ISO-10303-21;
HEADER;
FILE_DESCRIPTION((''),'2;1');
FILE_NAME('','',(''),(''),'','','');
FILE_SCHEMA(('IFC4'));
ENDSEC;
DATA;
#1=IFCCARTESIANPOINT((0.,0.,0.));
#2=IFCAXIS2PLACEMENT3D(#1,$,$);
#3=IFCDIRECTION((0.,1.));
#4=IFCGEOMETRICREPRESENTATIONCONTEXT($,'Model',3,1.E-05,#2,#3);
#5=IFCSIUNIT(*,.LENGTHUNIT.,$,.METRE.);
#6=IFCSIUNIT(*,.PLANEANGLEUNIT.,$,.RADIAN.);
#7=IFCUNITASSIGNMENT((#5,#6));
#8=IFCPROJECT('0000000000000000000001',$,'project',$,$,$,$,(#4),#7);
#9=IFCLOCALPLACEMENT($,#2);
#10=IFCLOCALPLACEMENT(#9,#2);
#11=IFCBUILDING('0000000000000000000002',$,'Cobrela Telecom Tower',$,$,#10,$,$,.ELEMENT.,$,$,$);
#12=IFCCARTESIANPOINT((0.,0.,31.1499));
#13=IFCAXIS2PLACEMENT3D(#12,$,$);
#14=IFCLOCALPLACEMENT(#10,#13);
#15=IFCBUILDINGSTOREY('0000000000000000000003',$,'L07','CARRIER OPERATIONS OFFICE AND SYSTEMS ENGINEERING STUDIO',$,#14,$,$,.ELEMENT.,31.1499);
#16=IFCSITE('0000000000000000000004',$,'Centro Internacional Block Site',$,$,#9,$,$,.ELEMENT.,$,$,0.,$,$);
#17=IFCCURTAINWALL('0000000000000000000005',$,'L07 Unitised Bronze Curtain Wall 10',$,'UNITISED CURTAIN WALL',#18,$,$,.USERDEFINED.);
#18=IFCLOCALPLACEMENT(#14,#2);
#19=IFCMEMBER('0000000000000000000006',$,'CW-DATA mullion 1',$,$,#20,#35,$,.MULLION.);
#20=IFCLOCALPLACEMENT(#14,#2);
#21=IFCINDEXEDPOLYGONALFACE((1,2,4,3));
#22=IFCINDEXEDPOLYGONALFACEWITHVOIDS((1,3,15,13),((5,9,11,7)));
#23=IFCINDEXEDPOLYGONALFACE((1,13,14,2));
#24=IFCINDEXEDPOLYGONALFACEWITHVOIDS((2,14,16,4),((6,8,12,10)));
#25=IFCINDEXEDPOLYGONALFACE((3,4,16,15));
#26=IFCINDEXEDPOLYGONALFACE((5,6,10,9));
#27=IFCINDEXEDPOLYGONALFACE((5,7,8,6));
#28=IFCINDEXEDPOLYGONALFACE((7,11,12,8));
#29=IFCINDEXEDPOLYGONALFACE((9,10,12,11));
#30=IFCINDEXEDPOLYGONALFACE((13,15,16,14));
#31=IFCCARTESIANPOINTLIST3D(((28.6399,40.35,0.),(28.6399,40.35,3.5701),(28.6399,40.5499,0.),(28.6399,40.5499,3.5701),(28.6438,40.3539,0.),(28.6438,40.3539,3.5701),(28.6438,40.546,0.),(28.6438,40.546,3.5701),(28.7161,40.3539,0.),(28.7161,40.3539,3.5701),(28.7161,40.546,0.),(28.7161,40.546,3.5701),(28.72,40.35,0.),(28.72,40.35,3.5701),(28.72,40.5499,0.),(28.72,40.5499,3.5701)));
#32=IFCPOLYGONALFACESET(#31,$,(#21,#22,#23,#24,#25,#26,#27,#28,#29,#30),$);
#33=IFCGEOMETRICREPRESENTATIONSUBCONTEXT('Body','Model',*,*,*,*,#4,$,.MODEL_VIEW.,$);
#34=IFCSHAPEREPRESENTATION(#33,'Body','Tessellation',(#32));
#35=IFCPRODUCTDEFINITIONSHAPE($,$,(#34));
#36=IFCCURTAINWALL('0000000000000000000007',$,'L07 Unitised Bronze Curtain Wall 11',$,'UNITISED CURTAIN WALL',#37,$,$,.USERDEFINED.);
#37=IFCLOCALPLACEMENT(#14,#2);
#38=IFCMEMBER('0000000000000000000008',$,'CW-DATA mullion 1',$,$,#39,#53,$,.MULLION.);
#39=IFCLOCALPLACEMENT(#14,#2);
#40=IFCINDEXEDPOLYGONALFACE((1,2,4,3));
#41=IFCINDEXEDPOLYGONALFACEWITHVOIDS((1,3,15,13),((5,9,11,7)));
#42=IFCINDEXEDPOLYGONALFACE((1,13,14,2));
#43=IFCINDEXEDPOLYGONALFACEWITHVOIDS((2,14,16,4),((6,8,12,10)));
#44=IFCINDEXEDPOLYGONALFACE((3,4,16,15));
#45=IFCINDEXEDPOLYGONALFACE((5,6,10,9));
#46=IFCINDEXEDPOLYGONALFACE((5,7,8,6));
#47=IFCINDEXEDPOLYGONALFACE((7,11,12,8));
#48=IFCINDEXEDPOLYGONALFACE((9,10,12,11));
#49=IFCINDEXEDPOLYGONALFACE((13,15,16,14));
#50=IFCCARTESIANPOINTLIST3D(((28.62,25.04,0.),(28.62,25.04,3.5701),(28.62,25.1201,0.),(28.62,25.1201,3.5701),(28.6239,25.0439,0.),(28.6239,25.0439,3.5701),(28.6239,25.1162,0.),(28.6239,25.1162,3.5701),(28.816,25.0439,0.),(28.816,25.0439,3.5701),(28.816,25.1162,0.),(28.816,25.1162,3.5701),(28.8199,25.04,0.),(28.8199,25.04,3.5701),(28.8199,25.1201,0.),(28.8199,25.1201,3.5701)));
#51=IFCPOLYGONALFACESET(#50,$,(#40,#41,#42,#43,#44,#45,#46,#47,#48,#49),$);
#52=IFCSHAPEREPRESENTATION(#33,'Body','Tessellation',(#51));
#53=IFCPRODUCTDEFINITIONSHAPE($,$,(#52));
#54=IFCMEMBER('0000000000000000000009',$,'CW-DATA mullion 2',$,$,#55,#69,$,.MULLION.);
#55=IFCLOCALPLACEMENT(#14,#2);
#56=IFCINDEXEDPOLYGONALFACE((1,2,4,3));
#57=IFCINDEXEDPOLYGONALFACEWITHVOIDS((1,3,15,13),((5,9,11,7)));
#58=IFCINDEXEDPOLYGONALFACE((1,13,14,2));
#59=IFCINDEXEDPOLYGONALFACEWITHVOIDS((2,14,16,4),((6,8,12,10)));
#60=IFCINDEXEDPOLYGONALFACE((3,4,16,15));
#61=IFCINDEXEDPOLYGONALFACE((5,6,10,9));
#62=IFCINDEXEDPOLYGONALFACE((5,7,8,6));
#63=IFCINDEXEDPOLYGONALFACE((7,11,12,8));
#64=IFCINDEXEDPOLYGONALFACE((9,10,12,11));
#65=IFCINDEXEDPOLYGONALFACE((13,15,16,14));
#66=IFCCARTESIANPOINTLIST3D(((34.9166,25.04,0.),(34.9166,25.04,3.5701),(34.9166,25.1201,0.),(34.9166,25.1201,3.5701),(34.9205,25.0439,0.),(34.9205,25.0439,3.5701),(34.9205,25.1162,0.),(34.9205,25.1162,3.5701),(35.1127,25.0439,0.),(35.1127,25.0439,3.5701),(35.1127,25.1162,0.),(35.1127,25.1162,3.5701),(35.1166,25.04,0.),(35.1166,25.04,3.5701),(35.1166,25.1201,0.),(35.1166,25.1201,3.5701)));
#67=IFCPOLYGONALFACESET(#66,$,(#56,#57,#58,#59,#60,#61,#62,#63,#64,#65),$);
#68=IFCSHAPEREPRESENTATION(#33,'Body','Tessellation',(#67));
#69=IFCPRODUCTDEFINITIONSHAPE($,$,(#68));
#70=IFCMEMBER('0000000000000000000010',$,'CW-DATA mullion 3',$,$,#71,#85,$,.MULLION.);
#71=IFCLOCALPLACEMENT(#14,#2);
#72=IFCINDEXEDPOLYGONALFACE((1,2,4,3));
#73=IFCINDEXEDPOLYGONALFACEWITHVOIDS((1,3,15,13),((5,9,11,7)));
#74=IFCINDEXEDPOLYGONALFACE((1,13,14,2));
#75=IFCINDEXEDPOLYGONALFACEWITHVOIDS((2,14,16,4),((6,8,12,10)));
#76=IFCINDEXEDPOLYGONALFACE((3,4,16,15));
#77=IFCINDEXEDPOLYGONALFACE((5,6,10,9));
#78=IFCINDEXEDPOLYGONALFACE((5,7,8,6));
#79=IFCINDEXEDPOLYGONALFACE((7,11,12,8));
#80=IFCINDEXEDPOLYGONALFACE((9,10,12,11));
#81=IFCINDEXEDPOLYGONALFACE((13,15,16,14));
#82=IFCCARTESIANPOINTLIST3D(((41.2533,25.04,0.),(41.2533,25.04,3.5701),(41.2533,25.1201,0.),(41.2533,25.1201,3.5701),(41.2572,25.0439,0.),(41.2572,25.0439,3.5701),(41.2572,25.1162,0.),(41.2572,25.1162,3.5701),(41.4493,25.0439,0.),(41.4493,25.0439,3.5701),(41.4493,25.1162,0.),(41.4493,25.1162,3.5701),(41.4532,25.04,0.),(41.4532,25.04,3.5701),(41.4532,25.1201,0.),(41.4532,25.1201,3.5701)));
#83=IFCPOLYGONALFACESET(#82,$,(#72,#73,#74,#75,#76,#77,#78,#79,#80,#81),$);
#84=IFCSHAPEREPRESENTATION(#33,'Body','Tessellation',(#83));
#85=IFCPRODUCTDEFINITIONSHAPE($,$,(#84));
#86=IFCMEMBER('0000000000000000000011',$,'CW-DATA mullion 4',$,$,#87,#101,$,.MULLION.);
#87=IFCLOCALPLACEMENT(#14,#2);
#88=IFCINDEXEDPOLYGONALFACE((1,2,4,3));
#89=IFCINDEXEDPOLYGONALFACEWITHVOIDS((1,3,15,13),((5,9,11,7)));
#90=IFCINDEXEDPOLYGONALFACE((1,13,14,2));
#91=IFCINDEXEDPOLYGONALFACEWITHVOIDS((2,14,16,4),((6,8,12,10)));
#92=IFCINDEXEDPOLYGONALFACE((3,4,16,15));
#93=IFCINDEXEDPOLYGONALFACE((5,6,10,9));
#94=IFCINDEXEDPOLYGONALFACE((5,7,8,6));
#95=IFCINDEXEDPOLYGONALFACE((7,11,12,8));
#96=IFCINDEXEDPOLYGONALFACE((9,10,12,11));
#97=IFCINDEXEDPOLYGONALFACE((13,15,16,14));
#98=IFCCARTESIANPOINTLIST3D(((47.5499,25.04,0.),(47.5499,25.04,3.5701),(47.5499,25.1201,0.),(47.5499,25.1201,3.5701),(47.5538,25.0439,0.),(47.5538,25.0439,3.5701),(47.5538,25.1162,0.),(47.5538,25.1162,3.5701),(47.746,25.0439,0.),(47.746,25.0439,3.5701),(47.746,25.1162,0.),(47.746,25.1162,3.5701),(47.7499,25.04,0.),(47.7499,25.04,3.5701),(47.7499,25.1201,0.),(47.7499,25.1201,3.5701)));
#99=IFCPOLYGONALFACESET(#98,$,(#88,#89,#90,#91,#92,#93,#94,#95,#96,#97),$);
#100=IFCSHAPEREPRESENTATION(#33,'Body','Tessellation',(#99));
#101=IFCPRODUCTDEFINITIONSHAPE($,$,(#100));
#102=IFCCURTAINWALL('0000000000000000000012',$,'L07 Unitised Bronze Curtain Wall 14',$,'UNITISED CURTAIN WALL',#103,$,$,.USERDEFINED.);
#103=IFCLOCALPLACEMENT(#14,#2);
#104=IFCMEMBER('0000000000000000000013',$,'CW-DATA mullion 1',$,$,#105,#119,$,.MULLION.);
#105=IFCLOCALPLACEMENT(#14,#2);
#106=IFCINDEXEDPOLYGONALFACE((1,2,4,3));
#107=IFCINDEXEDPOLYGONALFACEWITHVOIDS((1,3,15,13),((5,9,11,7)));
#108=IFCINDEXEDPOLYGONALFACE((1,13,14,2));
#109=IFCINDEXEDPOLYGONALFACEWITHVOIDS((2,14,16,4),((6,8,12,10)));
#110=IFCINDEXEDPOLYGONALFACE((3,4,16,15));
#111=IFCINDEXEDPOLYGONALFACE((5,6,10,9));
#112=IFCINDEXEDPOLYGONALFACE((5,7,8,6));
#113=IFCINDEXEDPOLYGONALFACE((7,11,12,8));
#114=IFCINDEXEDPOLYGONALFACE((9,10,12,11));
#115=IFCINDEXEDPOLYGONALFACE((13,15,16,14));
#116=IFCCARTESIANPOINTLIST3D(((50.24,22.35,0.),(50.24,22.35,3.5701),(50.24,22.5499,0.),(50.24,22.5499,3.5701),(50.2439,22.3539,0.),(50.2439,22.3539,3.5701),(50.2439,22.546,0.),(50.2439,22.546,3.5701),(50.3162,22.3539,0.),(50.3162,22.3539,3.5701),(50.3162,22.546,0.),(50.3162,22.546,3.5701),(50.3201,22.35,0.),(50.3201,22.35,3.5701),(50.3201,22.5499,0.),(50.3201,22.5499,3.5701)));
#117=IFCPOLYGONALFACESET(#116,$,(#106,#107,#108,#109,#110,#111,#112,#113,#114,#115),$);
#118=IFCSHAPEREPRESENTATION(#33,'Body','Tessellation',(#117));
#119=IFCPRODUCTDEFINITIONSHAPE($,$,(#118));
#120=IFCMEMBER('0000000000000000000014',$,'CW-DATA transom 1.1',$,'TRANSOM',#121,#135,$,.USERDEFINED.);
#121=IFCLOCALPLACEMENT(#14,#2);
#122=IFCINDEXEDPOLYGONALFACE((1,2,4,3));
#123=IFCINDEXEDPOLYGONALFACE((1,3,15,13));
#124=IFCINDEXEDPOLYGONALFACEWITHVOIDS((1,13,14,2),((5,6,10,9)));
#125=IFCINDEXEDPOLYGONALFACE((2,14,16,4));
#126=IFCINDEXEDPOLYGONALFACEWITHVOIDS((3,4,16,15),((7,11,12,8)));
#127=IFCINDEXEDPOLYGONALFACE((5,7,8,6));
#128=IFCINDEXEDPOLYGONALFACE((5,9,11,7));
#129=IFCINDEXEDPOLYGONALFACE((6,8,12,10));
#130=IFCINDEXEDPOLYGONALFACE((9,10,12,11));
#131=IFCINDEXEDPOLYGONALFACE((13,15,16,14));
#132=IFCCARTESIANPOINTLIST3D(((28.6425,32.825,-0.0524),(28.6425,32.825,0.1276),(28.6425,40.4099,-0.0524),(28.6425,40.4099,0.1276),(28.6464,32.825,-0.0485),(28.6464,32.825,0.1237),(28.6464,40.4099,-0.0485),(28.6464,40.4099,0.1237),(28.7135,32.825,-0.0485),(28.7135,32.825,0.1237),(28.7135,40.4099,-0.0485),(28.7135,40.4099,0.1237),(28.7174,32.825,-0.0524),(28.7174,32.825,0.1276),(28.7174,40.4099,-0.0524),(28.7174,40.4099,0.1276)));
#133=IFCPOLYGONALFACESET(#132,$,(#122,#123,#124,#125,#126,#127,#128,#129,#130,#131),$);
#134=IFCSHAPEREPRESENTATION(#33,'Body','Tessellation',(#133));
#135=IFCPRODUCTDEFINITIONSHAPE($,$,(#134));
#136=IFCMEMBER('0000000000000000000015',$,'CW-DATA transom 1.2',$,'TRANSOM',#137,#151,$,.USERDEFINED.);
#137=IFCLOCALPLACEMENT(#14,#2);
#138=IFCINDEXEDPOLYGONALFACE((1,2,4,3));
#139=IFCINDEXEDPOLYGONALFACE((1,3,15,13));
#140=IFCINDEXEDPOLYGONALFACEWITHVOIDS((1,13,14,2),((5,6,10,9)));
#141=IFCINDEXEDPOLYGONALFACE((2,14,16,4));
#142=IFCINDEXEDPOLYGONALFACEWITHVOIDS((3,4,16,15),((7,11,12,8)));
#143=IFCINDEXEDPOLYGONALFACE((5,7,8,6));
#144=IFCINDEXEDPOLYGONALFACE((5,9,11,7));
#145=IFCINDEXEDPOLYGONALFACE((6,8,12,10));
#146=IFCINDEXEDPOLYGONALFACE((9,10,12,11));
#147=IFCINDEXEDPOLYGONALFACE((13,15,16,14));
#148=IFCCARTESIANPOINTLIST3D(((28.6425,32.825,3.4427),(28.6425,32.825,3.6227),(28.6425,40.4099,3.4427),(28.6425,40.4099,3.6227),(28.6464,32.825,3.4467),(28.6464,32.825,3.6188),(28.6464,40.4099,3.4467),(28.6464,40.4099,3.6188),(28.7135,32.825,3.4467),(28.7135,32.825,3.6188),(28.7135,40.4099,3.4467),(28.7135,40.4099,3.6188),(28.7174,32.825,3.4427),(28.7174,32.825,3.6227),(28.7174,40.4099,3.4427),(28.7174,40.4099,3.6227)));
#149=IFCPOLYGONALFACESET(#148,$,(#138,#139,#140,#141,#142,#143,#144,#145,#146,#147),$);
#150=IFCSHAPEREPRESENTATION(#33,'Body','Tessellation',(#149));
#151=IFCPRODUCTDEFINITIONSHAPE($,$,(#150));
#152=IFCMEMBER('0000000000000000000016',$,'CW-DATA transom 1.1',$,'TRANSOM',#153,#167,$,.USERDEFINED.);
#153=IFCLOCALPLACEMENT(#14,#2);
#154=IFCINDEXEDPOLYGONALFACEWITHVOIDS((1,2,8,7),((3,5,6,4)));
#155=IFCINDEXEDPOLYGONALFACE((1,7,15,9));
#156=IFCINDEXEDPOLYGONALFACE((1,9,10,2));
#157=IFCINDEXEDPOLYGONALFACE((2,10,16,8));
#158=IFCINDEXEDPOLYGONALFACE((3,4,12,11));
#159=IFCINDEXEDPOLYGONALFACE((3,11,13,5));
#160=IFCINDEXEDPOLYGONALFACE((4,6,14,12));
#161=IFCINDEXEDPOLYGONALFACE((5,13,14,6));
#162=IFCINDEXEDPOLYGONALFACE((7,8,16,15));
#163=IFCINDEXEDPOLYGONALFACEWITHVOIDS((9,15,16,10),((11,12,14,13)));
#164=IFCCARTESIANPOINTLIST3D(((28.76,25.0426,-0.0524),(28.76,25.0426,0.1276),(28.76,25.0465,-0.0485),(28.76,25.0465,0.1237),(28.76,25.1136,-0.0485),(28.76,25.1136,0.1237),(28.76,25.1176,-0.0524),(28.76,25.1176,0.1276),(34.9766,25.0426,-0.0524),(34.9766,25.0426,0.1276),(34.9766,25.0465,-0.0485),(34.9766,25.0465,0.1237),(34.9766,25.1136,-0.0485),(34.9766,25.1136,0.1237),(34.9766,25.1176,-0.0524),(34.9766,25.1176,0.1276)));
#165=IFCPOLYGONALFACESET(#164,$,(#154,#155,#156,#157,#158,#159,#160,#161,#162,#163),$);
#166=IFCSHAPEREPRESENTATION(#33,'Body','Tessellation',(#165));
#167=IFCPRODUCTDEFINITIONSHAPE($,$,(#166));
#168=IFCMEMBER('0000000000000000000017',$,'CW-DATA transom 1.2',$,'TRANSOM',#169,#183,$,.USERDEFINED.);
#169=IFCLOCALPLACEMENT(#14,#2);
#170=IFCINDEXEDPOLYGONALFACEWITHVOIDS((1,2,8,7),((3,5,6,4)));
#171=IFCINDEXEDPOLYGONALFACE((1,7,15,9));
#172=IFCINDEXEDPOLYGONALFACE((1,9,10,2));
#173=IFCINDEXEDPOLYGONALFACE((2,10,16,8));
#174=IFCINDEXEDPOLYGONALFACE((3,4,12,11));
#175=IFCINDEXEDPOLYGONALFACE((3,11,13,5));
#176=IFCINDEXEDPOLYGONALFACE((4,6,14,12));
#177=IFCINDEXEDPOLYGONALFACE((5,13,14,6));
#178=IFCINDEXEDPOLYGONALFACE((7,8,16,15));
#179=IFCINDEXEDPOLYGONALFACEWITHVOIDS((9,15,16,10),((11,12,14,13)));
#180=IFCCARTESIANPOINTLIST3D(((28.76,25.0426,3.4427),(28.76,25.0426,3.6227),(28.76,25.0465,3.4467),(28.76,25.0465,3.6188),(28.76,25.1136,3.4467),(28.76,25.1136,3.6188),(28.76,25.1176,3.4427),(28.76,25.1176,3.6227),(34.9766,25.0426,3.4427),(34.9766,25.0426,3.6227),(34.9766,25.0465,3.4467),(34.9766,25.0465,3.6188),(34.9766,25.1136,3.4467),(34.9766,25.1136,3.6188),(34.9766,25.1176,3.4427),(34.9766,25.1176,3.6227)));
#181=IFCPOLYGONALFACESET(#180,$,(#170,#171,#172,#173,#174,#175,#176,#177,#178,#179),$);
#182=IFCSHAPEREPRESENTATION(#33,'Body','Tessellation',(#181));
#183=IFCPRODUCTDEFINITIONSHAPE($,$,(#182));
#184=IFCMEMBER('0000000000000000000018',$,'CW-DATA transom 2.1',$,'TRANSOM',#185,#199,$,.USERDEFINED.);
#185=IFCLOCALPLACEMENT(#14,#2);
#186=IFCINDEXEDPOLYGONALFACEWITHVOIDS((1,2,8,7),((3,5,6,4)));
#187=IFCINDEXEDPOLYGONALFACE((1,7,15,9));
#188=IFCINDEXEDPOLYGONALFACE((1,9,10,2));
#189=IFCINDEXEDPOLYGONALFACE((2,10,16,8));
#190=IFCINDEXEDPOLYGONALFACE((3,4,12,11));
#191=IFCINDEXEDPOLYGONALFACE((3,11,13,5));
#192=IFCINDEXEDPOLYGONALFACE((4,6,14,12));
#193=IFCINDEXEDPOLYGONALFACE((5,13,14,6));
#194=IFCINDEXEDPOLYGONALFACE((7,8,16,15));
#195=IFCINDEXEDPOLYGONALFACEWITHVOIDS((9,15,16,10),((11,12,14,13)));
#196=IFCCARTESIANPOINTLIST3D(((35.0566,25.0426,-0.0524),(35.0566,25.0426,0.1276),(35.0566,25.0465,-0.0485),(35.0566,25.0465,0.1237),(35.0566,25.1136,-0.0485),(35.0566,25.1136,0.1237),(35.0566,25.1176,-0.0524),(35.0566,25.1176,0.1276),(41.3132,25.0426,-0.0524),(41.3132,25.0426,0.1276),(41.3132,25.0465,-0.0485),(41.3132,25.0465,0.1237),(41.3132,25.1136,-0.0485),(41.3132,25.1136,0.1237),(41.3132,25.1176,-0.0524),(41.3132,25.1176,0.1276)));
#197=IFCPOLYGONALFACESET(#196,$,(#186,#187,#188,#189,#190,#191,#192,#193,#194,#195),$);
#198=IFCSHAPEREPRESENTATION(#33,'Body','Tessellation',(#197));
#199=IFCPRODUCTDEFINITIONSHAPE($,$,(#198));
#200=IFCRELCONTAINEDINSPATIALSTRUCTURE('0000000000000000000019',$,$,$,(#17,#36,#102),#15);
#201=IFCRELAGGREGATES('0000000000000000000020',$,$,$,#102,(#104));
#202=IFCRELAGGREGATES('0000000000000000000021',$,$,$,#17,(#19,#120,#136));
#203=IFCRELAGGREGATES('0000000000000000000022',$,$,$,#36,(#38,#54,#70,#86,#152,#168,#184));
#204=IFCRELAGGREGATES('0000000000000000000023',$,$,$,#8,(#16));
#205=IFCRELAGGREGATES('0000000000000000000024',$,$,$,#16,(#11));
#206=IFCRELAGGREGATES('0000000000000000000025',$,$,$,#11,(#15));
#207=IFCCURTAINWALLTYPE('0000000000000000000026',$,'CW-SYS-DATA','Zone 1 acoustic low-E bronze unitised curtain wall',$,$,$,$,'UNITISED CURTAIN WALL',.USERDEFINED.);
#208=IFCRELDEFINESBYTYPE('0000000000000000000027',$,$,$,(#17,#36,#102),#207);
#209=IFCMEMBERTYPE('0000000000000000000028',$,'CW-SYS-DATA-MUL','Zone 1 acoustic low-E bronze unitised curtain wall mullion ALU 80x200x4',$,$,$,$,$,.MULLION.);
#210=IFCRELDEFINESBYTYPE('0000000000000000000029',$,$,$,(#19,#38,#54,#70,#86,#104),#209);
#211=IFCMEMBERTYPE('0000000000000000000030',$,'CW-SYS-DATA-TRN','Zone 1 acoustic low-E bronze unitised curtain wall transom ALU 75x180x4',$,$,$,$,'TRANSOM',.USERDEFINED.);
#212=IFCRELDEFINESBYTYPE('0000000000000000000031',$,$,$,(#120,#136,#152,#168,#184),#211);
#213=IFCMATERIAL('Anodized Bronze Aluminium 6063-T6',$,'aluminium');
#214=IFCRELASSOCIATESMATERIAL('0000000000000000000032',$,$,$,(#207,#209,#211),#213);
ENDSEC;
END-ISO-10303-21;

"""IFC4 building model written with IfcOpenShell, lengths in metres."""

from ifc_helpers import new_model, si_unit, direction, frame, origin, origin_2d, place, context, subcontext, project, spatial, hollow_rectangle, extrude, material, material_profile, profile_set, type_object, element, aggregate, save


model = new_model("IFC4")

# Units and contexts
model_context = context("Model", 3, precision=1e-05, world=origin(), true_north=direction((0.0, 1.0)))
body_context = subcontext(model_context, "Body", "Model", "MODEL_VIEW")
ifc_project = project(units=[si_unit("LENGTHUNIT", "METRE"), si_unit("PLANEANGLEUNIT", "RADIAN")], contexts=[model_context])

# Site, building, storey
site_placement = place(None, origin())
site = spatial("IfcSite", under=ifc_project, at=site_placement, Name="Centro Internacional Block Site", CompositionType="ELEMENT", RefElevation=0.0)
building_placement = place(site_placement, origin())
building = spatial("IfcBuilding", under=site, at=building_placement, Name="Cobrela Telecom Tower", CompositionType="ELEMENT")
storey_placement = place(building_placement, frame((0.0, 0.0, 31.1499)))
storey = spatial("IfcBuildingStorey", under=building, at=storey_placement, Name="L07", Description="CARRIER OPERATIONS OFFICE AND SYSTEMS ENGINEERING STUDIO", CompositionType="ELEMENT", Elevation=31.1499)

# Curtain wall, member
ifc_material_1 = material(Name="Anodized Bronze Aluminium 6063-T6", Category="aluminium")
curtain_wall_type = type_object("IfcCurtainWallType", Name="CW-SYS-DATA", Description="Zone 1 acoustic low-E bronze unitised curtain wall", ElementType="UNITISED CURTAIN WALL", PredefinedType="USERDEFINED", material=ifc_material_1)
curtain_wall_1_placement = place(storey_placement, origin())
curtain_wall_1 = element("IfcCurtainWall", 1, at=curtain_wall_1_placement, inside=storey, type_object=curtain_wall_type, Name="L07 Unitised Bronze Curtain Wall 10", ObjectType="UNITISED CURTAIN WALL", PredefinedType="USERDEFINED")
ifc_material_profile_1 = material_profile(ifc_material_1, hollow_rectangle(XDim=0.0801, YDim=0.2, WallThickness=0.0039, at=origin_2d()), Name="ALU 80x200x4")
ifc_profile_set_1 = profile_set([ifc_material_profile_1], Name="Anodized Bronze Aluminium 6063-T6")
member_type_1 = type_object("IfcMemberType", Name="CW-SYS-DATA-MUL", Description="Zone 1 acoustic low-E bronze unitised curtain wall mullion ALU 80x200x4", PredefinedType="MULLION", material=ifc_profile_set_1)
member_1_placement = place(storey_placement, frame((28.6799, 40.45, 0.0), z_axis=(0.0, 0.0, 1.0), x_axis=(1.0, 0.0, 0.0)))
member_1 = element("IfcMember", 2, at=member_1_placement, type_object=member_type_1, Name="CW-DATA mullion 1", PredefinedType="MULLION", context=body_context, shape_type="SweptSolid", body=[
    extrude(hollow_rectangle(XDim=0.0801, YDim=0.2, WallThickness=0.0039, at=origin_2d()), origin(), (0.0, 0.0, 1.0), 3.5701),
])

# Curtain wall, members
curtain_wall_2_placement = place(storey_placement, origin())
curtain_wall_2 = element("IfcCurtainWall", 3, at=curtain_wall_2_placement, inside=storey, type_object=curtain_wall_type, Name="L07 Unitised Bronze Curtain Wall 11", ObjectType="UNITISED CURTAIN WALL", PredefinedType="USERDEFINED")
member_2_placement = place(storey_placement, frame((28.72, 25.0801, 0.0), z_axis=(0.0, 0.0, 1.0), x_axis=(0.0, 1.0, 0.0)))
member_2 = element("IfcMember", 4, at=member_2_placement, type_object=member_type_1, Name="CW-DATA mullion 1", PredefinedType="MULLION", context=body_context, shape_type="SweptSolid", body=[
    extrude(hollow_rectangle(XDim=0.0801, YDim=0.2, WallThickness=0.0039, at=origin_2d()), origin(), (0.0, 0.0, 1.0), 3.5701),
])
member_3_placement = place(storey_placement, frame((35.0166, 25.0801, 0.0), z_axis=(0.0, 0.0, 1.0), x_axis=(0.0, 1.0, 0.0)))
member_3 = element("IfcMember", 5, at=member_3_placement, type_object=member_type_1, Name="CW-DATA mullion 2", PredefinedType="MULLION", context=body_context, shape_type="SweptSolid", body=[
    extrude(hollow_rectangle(XDim=0.0801, YDim=0.2, WallThickness=0.0039, at=origin_2d()), origin(), (0.0, 0.0, 1.0), 3.5701),
])
member_4_placement = place(storey_placement, frame((41.3533, 25.0801, 0.0), z_axis=(0.0, 0.0, 1.0), x_axis=(0.0, 1.0, 0.0)))
member_4 = element("IfcMember", 6, at=member_4_placement, type_object=member_type_1, Name="CW-DATA mullion 3", PredefinedType="MULLION", context=body_context, shape_type="SweptSolid", body=[
    extrude(hollow_rectangle(XDim=0.0801, YDim=0.2, WallThickness=0.0039, at=origin_2d()), origin(), (0.0, 0.0, 1.0), 3.5701),
])
member_5_placement = place(storey_placement, frame((47.6499, 25.0801, 0.0), z_axis=(0.0, 0.0, 1.0), x_axis=(0.0, 1.0, 0.0)))
member_5 = element("IfcMember", 7, at=member_5_placement, type_object=member_type_1, Name="CW-DATA mullion 4", PredefinedType="MULLION", context=body_context, shape_type="SweptSolid", body=[
    extrude(hollow_rectangle(XDim=0.0801, YDim=0.2, WallThickness=0.0039, at=origin_2d()), origin(), (0.0, 0.0, 1.0), 3.5701),
])

# Curtain wall, member
curtain_wall_3_placement = place(storey_placement, origin())
curtain_wall_3 = element("IfcCurtainWall", 8, at=curtain_wall_3_placement, inside=storey, type_object=curtain_wall_type, Name="L07 Unitised Bronze Curtain Wall 14", ObjectType="UNITISED CURTAIN WALL", PredefinedType="USERDEFINED")
member_6_placement = place(storey_placement, frame((50.28, 22.45, 0.0), z_axis=(0.0, 0.0, 1.0), x_axis=(1.0, 0.0, 0.0)))
member_6 = element("IfcMember", 9, at=member_6_placement, type_object=member_type_1, Name="CW-DATA mullion 1", PredefinedType="MULLION", context=body_context, shape_type="SweptSolid", body=[
    extrude(hollow_rectangle(XDim=0.0801, YDim=0.2, WallThickness=0.0039, at=origin_2d()), origin(), (0.0, 0.0, 1.0), 3.5701),
])

# Members
ifc_material_profile_2 = material_profile(ifc_material_1, hollow_rectangle(XDim=0.075, YDim=0.1799, WallThickness=0.0039, at=origin_2d()), Name="ALU 75x180x4")
ifc_profile_set_2 = profile_set([ifc_material_profile_2], Name="Anodized Bronze Aluminium 6063-T6")
member_type_2 = type_object("IfcMemberType", Name="CW-SYS-DATA-TRN", Description="Zone 1 acoustic low-E bronze unitised curtain wall transom ALU 75x180x4", ElementType="TRANSOM", PredefinedType="USERDEFINED", material=ifc_profile_set_2)
member_7_placement = place(storey_placement, frame((28.6799, 40.4099, 0.0376), z_axis=(0.0, -1.0, 0.0), x_axis=(1.0, 0.0, 0.0)))
member_7 = element("IfcMember", 10, at=member_7_placement, type_object=member_type_2, Name="CW-DATA transom 1.1", ObjectType="TRANSOM", PredefinedType="USERDEFINED", context=body_context, shape_type="SweptSolid", body=[
    extrude(hollow_rectangle(XDim=0.075, YDim=0.1799, WallThickness=0.0039, at=origin_2d()), origin(), (0.0, 0.0, 1.0), 7.585),
])
member_8_placement = place(storey_placement, frame((28.6799, 40.4099, 3.5327), z_axis=(0.0, -1.0, 0.0), x_axis=(1.0, 0.0, 0.0)))
member_8 = element("IfcMember", 11, at=member_8_placement, type_object=member_type_2, Name="CW-DATA transom 1.2", ObjectType="TRANSOM", PredefinedType="USERDEFINED", context=body_context, shape_type="SweptSolid", body=[
    extrude(hollow_rectangle(XDim=0.075, YDim=0.1799, WallThickness=0.0039, at=origin_2d()), origin(), (0.0, 0.0, 1.0), 7.585),
])
member_9_placement = place(storey_placement, frame((28.76, 25.0801, 0.0376), z_axis=(1.0, 0.0, 0.0), x_axis=(0.0, 1.0, 0.0)))
member_9 = element("IfcMember", 12, at=member_9_placement, type_object=member_type_2, Name="CW-DATA transom 1.1", ObjectType="TRANSOM", PredefinedType="USERDEFINED", context=body_context, shape_type="SweptSolid", body=[
    extrude(hollow_rectangle(XDim=0.075, YDim=0.1799, WallThickness=0.0039, at=origin_2d()), origin(), (0.0, 0.0, 1.0), 6.2166),
])
member_10_placement = place(storey_placement, frame((28.76, 25.0801, 3.5327), z_axis=(1.0, 0.0, 0.0), x_axis=(0.0, 1.0, 0.0)))
member_10 = element("IfcMember", 13, at=member_10_placement, type_object=member_type_2, Name="CW-DATA transom 1.2", ObjectType="TRANSOM", PredefinedType="USERDEFINED", context=body_context, shape_type="SweptSolid", body=[
    extrude(hollow_rectangle(XDim=0.075, YDim=0.1799, WallThickness=0.0039, at=origin_2d()), origin(), (0.0, 0.0, 1.0), 6.2166),
])
member_11_placement = place(storey_placement, frame((35.0566, 25.0801, 0.0376), z_axis=(1.0, 0.0, 0.0), x_axis=(0.0, 1.0, 0.0)))
member_11 = element("IfcMember", 14, at=member_11_placement, type_object=member_type_2, Name="CW-DATA transom 2.1", ObjectType="TRANSOM", PredefinedType="USERDEFINED", context=body_context, shape_type="SweptSolid", body=[
    extrude(hollow_rectangle(XDim=0.075, YDim=0.1799, WallThickness=0.0039, at=origin_2d()), origin(), (0.0, 0.0, 1.0), 6.2566),
])
aggregate(curtain_wall_3, [member_6])

aggregate(curtain_wall_1, [member_1, member_7, member_8])
aggregate(curtain_wall_2, [member_2, member_3, member_4, member_5, member_9, member_10, member_11])

save(model, "model.ifc")
